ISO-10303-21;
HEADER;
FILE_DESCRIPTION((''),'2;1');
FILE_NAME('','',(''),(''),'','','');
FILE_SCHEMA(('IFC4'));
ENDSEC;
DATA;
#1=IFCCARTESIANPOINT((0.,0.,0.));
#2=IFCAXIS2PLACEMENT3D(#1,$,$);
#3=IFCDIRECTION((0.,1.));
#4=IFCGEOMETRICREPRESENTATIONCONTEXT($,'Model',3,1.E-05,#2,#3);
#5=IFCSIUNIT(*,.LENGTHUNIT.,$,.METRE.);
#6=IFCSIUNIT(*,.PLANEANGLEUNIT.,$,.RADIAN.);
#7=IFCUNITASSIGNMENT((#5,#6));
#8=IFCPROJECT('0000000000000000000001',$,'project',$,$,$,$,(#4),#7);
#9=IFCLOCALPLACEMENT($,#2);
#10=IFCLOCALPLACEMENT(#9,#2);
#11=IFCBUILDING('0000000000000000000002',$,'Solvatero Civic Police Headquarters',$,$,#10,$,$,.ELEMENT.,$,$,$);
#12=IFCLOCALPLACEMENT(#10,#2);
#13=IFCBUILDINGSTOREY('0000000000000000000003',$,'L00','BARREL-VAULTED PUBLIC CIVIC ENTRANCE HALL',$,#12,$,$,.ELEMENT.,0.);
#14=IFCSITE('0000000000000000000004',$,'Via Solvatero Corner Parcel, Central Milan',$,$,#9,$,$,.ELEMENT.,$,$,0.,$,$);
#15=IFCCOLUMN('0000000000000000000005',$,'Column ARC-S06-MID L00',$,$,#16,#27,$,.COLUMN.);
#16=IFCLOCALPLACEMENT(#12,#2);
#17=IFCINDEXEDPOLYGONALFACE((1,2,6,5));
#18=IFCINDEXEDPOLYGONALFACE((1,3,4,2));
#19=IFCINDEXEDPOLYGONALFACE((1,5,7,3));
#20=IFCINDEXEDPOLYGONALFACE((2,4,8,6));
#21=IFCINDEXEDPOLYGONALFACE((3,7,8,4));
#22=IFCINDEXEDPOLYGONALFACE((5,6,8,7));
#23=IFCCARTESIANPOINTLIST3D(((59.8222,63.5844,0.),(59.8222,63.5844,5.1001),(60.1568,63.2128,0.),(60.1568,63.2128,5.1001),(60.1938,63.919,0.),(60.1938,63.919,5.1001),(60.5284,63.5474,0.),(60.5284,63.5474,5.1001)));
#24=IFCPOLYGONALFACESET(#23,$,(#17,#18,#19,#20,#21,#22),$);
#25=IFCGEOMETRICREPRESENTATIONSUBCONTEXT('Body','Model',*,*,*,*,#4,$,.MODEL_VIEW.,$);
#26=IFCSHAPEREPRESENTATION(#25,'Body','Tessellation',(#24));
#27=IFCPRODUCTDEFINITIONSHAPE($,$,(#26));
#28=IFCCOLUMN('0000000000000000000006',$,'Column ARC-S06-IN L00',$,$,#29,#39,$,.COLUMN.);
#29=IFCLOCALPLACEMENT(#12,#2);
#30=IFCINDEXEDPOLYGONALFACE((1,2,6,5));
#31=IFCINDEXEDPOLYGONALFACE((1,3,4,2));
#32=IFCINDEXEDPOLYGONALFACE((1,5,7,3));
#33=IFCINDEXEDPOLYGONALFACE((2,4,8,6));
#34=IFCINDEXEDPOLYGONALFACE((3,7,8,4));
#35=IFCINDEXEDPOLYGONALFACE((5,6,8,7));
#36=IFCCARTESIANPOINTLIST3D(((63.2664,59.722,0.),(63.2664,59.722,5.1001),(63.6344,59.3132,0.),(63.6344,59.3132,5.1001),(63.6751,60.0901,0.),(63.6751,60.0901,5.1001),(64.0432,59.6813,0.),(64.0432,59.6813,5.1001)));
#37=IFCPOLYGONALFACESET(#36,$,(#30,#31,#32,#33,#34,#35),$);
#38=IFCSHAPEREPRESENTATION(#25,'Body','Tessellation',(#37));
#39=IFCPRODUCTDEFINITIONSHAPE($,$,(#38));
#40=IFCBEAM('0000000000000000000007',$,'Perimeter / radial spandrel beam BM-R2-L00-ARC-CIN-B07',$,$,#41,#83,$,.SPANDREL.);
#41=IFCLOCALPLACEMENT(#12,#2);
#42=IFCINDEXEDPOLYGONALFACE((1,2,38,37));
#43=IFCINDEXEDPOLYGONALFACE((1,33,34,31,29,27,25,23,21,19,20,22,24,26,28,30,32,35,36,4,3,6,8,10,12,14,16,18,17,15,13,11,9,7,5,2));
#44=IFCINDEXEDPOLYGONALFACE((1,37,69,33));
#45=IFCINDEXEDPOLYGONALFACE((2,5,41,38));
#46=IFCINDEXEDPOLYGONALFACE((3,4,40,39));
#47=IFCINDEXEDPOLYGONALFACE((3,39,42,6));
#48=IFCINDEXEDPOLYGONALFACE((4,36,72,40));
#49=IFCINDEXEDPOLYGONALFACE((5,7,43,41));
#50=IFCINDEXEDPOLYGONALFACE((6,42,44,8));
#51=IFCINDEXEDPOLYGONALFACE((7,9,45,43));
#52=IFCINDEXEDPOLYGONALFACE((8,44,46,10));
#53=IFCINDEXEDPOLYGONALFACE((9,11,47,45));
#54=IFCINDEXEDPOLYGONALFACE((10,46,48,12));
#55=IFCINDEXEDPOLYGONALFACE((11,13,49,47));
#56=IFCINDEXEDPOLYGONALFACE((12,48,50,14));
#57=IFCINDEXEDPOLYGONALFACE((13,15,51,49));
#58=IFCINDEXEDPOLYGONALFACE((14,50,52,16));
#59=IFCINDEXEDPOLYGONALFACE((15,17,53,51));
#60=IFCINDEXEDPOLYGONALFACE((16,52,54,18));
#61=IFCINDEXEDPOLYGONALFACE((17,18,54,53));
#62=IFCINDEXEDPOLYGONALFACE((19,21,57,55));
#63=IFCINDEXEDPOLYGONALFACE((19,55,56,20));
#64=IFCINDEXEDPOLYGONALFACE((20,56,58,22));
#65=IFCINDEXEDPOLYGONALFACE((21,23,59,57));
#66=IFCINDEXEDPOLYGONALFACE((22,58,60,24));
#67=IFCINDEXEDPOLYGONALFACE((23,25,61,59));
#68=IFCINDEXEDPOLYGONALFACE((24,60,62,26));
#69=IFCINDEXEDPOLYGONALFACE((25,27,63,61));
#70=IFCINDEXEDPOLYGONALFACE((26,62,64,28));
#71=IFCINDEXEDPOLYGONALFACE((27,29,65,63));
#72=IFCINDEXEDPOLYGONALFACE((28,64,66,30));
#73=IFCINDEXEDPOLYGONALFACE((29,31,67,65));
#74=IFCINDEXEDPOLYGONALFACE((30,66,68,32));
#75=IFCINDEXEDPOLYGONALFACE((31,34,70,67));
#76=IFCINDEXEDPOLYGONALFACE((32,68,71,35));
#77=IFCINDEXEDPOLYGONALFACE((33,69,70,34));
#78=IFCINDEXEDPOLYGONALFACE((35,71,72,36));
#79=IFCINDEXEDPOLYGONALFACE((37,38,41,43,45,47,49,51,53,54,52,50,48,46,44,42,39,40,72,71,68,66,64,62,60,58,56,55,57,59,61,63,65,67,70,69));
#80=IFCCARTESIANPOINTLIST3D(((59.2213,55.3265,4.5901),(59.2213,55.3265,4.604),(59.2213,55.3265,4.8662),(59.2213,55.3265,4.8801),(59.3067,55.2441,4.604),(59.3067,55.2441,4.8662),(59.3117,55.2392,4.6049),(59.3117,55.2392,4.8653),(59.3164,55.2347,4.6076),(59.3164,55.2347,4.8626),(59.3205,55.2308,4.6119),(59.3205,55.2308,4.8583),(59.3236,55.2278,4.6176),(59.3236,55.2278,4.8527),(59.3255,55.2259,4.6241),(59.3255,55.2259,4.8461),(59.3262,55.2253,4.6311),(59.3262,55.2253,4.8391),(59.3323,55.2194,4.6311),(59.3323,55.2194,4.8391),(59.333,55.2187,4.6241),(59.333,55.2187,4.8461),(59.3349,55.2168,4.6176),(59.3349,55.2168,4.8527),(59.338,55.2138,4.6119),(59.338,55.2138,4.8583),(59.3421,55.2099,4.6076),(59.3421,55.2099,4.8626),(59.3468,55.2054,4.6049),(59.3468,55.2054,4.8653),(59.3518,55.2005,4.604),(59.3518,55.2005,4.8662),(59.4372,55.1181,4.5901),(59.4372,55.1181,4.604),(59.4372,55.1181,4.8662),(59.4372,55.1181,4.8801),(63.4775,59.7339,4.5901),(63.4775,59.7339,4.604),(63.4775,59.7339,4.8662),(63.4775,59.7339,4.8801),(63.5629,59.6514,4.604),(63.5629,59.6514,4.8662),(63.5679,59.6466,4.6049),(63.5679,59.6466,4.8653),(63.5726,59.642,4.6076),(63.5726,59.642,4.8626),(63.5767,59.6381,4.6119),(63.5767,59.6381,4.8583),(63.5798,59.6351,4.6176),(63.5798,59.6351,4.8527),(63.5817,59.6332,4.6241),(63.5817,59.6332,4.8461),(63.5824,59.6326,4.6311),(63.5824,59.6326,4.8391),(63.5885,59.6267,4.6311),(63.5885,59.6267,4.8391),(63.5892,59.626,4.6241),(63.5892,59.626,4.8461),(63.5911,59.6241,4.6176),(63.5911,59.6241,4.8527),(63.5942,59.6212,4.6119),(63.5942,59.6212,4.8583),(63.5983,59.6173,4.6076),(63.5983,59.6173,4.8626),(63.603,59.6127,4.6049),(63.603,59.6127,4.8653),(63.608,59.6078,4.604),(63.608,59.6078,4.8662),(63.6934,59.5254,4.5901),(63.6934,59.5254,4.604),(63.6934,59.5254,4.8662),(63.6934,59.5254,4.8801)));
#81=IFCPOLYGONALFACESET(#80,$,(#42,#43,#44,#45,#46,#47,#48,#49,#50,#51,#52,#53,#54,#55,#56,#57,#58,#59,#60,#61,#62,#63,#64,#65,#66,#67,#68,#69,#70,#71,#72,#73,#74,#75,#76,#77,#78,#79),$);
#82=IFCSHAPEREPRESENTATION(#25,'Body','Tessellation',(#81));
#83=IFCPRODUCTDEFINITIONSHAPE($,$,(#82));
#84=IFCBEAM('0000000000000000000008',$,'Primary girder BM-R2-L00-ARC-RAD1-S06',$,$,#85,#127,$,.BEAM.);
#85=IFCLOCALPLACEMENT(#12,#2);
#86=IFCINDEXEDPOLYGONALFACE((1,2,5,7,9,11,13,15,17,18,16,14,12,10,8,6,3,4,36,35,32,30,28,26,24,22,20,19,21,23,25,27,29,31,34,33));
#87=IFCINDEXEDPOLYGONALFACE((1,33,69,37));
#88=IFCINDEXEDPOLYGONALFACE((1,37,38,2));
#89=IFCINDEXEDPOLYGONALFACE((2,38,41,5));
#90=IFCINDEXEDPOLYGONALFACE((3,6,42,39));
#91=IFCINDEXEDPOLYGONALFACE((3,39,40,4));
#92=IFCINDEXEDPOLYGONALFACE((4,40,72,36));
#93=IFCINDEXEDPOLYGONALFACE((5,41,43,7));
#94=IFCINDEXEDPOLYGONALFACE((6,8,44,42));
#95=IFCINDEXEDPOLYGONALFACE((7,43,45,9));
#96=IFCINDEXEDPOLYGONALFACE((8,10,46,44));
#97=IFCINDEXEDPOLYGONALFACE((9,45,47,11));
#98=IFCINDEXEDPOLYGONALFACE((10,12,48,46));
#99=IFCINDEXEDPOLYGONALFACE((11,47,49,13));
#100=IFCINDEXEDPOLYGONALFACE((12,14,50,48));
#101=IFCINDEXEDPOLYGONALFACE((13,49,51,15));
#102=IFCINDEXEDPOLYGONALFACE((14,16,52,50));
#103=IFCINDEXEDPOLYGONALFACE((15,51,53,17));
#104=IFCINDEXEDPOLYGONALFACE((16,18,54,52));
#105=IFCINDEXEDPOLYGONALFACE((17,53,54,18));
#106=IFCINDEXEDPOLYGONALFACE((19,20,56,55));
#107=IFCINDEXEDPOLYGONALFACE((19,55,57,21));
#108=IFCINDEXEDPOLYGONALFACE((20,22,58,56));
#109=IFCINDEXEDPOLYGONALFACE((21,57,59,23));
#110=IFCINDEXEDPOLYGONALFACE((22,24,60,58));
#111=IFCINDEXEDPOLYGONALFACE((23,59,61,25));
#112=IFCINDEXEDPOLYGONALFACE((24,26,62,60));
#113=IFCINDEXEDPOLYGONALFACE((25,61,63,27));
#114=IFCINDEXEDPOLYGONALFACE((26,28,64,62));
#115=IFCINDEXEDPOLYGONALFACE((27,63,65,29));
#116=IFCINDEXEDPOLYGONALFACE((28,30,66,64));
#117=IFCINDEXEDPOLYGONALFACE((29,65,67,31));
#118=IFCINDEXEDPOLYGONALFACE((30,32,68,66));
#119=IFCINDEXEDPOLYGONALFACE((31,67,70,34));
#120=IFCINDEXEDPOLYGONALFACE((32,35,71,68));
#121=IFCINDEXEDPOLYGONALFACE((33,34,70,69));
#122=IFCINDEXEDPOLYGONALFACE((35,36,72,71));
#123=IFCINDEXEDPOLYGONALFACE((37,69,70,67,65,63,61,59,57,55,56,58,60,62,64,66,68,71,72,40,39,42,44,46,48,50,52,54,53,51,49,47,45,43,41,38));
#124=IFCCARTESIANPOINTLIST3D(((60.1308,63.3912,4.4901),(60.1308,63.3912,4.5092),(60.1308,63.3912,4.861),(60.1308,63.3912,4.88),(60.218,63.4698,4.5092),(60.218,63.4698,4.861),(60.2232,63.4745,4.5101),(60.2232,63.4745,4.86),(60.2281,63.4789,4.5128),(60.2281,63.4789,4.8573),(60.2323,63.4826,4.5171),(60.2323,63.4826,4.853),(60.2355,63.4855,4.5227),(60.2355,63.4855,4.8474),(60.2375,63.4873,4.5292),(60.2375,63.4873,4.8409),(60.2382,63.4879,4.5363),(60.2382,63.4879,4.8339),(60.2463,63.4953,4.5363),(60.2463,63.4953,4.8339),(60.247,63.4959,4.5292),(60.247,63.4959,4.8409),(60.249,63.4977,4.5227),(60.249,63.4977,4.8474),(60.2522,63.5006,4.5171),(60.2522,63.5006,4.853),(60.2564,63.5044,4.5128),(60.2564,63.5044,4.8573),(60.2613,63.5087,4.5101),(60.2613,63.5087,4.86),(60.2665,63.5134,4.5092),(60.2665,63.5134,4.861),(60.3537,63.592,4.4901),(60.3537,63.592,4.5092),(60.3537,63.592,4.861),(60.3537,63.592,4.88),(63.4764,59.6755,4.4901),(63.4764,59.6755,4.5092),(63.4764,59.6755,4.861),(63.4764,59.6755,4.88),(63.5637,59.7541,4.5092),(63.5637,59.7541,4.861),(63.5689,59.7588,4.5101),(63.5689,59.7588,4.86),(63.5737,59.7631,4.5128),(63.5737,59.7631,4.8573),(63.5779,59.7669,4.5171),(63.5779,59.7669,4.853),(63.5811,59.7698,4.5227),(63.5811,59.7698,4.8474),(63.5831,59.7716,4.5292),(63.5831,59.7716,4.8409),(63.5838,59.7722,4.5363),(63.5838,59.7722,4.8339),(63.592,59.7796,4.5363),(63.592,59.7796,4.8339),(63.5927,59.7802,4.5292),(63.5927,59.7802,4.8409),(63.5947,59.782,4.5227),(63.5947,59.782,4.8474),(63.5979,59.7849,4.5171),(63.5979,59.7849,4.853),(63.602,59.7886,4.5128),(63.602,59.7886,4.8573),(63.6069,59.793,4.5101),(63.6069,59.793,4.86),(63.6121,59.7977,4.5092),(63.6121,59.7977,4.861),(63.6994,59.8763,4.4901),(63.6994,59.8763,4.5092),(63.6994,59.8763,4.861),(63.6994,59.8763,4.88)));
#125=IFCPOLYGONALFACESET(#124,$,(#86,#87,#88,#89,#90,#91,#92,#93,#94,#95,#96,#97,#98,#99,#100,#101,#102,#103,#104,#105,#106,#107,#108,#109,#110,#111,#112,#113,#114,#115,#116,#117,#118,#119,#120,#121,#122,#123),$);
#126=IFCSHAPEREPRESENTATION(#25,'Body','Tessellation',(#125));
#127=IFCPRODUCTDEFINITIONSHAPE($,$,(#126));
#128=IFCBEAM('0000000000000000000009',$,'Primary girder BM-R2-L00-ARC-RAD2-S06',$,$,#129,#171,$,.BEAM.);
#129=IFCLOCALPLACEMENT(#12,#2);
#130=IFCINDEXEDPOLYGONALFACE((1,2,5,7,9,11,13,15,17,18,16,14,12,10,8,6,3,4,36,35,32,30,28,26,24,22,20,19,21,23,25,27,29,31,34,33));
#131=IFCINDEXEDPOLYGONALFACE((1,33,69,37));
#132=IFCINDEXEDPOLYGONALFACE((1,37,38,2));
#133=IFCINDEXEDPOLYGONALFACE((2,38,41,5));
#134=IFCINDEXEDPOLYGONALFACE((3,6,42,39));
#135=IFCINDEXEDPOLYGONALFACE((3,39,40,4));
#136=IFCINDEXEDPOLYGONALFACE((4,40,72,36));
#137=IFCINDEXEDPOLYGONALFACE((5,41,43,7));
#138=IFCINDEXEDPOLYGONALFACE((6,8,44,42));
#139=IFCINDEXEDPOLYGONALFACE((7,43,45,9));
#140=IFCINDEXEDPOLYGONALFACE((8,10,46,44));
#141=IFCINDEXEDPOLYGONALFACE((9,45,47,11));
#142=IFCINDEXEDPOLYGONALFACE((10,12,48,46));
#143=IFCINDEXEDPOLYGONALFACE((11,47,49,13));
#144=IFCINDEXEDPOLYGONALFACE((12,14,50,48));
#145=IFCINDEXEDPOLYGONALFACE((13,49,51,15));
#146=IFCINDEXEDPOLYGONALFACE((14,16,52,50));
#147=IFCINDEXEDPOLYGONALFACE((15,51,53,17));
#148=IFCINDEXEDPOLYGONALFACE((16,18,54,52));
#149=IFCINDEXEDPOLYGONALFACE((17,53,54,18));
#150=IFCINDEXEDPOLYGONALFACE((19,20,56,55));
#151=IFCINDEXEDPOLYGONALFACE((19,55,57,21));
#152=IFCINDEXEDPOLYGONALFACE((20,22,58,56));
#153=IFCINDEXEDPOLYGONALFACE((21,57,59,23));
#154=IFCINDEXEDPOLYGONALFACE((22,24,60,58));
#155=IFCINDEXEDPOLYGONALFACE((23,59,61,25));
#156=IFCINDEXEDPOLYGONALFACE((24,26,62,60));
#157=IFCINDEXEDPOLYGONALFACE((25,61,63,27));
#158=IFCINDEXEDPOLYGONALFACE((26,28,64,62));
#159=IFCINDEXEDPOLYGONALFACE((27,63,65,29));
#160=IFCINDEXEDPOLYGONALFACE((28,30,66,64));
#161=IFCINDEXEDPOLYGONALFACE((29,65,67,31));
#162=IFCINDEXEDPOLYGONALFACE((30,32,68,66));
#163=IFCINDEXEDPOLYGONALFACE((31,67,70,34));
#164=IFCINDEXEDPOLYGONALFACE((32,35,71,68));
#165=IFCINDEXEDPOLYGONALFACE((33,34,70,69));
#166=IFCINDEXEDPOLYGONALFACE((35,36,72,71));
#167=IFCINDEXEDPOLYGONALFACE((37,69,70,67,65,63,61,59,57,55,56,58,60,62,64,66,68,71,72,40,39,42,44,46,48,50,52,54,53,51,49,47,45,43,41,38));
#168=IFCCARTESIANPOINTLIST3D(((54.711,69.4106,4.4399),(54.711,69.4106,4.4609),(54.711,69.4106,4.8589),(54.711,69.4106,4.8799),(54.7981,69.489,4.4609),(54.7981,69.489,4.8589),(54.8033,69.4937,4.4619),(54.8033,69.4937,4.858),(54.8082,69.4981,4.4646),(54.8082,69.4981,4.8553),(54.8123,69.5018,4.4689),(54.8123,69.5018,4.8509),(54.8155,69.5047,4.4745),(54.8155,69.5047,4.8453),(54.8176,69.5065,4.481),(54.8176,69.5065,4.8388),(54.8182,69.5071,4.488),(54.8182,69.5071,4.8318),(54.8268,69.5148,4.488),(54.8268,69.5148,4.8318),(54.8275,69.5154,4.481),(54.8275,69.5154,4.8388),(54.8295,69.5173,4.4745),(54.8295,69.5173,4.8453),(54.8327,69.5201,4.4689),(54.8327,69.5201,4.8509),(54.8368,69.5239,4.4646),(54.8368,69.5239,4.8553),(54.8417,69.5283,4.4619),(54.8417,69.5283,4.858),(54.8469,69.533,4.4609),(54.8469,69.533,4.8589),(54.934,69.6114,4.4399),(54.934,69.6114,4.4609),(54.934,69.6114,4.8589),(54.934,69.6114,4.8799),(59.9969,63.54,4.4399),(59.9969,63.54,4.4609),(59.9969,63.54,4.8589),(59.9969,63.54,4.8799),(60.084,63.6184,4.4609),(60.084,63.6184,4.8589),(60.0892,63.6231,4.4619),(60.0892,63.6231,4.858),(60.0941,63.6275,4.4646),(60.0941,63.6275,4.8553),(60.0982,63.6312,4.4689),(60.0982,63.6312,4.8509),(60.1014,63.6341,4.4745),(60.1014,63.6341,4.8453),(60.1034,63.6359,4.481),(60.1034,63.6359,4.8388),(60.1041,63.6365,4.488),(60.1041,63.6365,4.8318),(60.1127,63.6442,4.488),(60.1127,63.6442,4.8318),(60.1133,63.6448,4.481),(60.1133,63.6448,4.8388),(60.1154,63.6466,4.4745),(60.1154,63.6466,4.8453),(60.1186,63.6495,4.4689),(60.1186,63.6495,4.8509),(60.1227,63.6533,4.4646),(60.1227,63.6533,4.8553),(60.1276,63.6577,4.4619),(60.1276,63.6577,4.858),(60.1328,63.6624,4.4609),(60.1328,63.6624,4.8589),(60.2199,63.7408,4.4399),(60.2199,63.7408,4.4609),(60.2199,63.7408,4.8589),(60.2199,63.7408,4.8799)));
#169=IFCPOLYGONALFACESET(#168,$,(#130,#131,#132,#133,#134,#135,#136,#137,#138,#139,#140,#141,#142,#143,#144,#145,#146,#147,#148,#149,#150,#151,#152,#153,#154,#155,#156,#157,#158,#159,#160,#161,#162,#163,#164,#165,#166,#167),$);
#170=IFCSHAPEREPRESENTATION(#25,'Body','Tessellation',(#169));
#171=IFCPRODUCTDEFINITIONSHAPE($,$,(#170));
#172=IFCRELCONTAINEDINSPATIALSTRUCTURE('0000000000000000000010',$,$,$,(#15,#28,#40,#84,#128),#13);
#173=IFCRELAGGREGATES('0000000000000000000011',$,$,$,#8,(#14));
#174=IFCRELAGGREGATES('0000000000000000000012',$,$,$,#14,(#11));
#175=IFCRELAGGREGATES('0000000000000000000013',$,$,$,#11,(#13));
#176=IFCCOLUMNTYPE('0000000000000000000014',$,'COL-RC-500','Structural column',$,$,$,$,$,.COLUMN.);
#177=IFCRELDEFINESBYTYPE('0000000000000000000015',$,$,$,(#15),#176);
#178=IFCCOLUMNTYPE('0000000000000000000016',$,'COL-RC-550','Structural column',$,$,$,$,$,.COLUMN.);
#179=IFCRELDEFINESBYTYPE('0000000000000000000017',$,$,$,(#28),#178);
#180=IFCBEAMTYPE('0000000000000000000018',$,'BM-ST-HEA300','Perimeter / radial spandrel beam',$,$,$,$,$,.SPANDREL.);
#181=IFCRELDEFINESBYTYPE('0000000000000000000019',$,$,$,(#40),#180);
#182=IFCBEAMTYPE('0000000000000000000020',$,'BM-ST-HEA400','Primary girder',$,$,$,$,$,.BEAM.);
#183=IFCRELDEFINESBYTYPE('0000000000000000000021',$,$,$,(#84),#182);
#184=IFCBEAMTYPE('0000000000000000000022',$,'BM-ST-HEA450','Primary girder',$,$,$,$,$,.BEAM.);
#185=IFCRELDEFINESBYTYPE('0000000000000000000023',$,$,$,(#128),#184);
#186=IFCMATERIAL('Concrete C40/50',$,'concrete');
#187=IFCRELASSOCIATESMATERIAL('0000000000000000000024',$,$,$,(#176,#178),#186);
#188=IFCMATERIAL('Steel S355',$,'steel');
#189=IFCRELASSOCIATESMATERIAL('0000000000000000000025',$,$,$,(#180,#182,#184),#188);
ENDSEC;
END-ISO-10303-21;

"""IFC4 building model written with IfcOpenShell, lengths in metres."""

from ifc_helpers import new_model, si_unit, direction, frame, origin, origin_2d, place, context, subcontext, project, spatial, rectangle, i_section, extrude, material, material_profile, profile_set, type_object, element, save


model = new_model("IFC4")

# Units and contexts
model_context = context("Model", 3, precision=1e-05, world=origin(), true_north=direction((0.0, 1.0)))
body_context = subcontext(model_context, "Body", "Model", "MODEL_VIEW")
ifc_project = project(units=[si_unit("LENGTHUNIT", "METRE"), si_unit("PLANEANGLEUNIT", "RADIAN")], contexts=[model_context])

# Site, building, storey
site_placement = place(None, origin())
site = spatial("IfcSite", under=ifc_project, at=site_placement, Name="Via Solvatero Corner Parcel, Central Milan", CompositionType="ELEMENT", RefElevation=0.0)
building_placement = place(site_placement, origin())
building = spatial("IfcBuilding", under=site, at=building_placement, Name="Solvatero Civic Police Headquarters", CompositionType="ELEMENT")
storey_placement = place(building_placement, origin())
storey = spatial("IfcBuildingStorey", under=building, at=storey_placement, Name="L00", Description="BARREL-VAULTED PUBLIC CIVIC ENTRANCE HALL", CompositionType="ELEMENT", Elevation=0.0)

# Columns
ifc_material_1 = material(Name="Concrete C40/50", Category="concrete")
ifc_material_profile_1 = material_profile(ifc_material_1, rectangle(XDim=0.5, YDim=0.5, at=origin_2d()), Name="RC 500x500")
ifc_profile_set_1 = profile_set([ifc_material_profile_1], Name="Concrete C40/50")
column_type_1 = type_object("IfcColumnType", Name="COL-RC-500", Description="Structural column", PredefinedType="COLUMN", material=ifc_profile_set_1)
column_1_placement = place(storey_placement, frame((60.1753, 63.5659, 0.0), z_axis=(0.0, 0.0, 1.0), x_axis=(0.743145, 0.669131, 0.0)))
element("IfcColumn", 1, at=column_1_placement, inside=storey, type_object=column_type_1, Name="Column ARC-S06-MID L00", PredefinedType="COLUMN", context=body_context, shape_type="SweptSolid", body=[
    extrude(rectangle(XDim=0.5, YDim=0.5, at=origin_2d()), origin(), (0.0, 0.0, 1.0), 5.1001),
])
ifc_material_profile_2 = material_profile(ifc_material_1, rectangle(XDim=0.55, YDim=0.55, at=origin_2d()), Name="RC 550x550")
ifc_profile_set_2 = profile_set([ifc_material_profile_2], Name="Concrete C40/50")
column_type_2 = type_object("IfcColumnType", Name="COL-RC-550", Description="Structural column", PredefinedType="COLUMN", material=ifc_profile_set_2)
column_2_placement = place(storey_placement, frame((63.6548, 59.7017, 0.0), z_axis=(0.0, 0.0, 1.0), x_axis=(0.743145, 0.669131, 0.0)))
element("IfcColumn", 2, at=column_2_placement, inside=storey, type_object=column_type_2, Name="Column ARC-S06-IN L00", PredefinedType="COLUMN", context=body_context, shape_type="SweptSolid", body=[
    extrude(rectangle(XDim=0.55, YDim=0.55, at=origin_2d()), origin(), (0.0, 0.0, 1.0), 5.1001),
])

# Beams
ifc_material_2 = material(Name="Steel S355", Category="steel")
ifc_material_profile_3 = material_profile(ifc_material_2, i_section(OverallWidth=0.3, OverallDepth=0.29, WebThickness=0.0085, FlangeThickness=0.0139, FilletRadius=0.0271, at=origin_2d()), Name="HEA 300")
ifc_profile_set_3 = profile_set([ifc_material_profile_3], Name="Steel S355")
beam_type_1 = type_object("IfcBeamType", Name="BM-ST-HEA300", Description="Perimeter / radial spandrel beam", PredefinedType="SPANDREL", material=ifc_profile_set_3)
beam_1_placement = place(storey_placement, frame((63.5854, 59.6296, 4.7351), z_axis=(-0.694666, -0.719332, 0.0), x_axis=(0.719332, -0.694666, 0.0)))
element("IfcBeam", 3, at=beam_1_placement, inside=storey, type_object=beam_type_1, Name="Perimeter / radial spandrel beam BM-R2-L00-ARC-CIN-B07", PredefinedType="SPANDREL", context=body_context, shape_type="SweptSolid", body=[
    extrude(i_section(OverallWidth=0.3, OverallDepth=0.29, WebThickness=0.0085, FlangeThickness=0.0139, FilletRadius=0.0271, at=origin_2d()), origin(), (0.0, 0.0, 1.0), 6.127),
])
ifc_material_profile_4 = material_profile(ifc_material_2, i_section(OverallWidth=0.3, OverallDepth=0.3899, WebThickness=0.011, FlangeThickness=0.019, FilletRadius=0.0271, at=origin_2d()), Name="HEA 400")
ifc_profile_set_4 = profile_set([ifc_material_profile_4], Name="Steel S355")
beam_type_2 = type_object("IfcBeamType", Name="BM-ST-HEA400", Description="Primary girder", PredefinedType="BEAM", material=ifc_profile_set_4)
beam_2_placement = place(storey_placement, frame((63.5879, 59.7759, 4.6851), z_axis=(-0.669127, 0.743148, 0.0), x_axis=(-0.743148, -0.669127, 0.0)))
element("IfcBeam", 4, at=beam_2_placement, inside=storey, type_object=beam_type_2, Name="Primary girder BM-R2-L00-ARC-RAD1-S06", PredefinedType="BEAM", context=body_context, shape_type="SweptSolid", body=[
    extrude(i_section(OverallWidth=0.3, OverallDepth=0.3899, WebThickness=0.011, FlangeThickness=0.019, FilletRadius=0.0271, at=origin_2d()), origin(), (0.0, 0.0, 1.0), 5.0),
])
ifc_material_profile_5 = material_profile(ifc_material_2, i_section(OverallWidth=0.3, OverallDepth=0.4399, WebThickness=0.0115, FlangeThickness=0.021, FilletRadius=0.0271, at=origin_2d()), Name="HEA 450")
ifc_profile_set_5 = profile_set([ifc_material_profile_5], Name="Steel S355")
beam_type_3 = type_object("IfcBeamType", Name="BM-ST-HEA450", Description="Primary girder", PredefinedType="BEAM", material=ifc_profile_set_5)
beam_3_placement = place(storey_placement, frame((60.1084, 63.6404, 4.6599), z_axis=(-0.669129, 0.743147, 0.0), x_axis=(-0.743147, -0.669129, 0.0)))
element("IfcBeam", 5, at=beam_3_placement, inside=storey, type_object=beam_type_3, Name="Primary girder BM-R2-L00-ARC-RAD2-S06", PredefinedType="BEAM", context=body_context, shape_type="SweptSolid", body=[
    extrude(i_section(OverallWidth=0.3, OverallDepth=0.4399, WebThickness=0.0115, FlangeThickness=0.021, FilletRadius=0.0271, at=origin_2d()), origin(), (0.0, 0.0, 1.0), 7.8997),
])

save(model, "model.ifc")
